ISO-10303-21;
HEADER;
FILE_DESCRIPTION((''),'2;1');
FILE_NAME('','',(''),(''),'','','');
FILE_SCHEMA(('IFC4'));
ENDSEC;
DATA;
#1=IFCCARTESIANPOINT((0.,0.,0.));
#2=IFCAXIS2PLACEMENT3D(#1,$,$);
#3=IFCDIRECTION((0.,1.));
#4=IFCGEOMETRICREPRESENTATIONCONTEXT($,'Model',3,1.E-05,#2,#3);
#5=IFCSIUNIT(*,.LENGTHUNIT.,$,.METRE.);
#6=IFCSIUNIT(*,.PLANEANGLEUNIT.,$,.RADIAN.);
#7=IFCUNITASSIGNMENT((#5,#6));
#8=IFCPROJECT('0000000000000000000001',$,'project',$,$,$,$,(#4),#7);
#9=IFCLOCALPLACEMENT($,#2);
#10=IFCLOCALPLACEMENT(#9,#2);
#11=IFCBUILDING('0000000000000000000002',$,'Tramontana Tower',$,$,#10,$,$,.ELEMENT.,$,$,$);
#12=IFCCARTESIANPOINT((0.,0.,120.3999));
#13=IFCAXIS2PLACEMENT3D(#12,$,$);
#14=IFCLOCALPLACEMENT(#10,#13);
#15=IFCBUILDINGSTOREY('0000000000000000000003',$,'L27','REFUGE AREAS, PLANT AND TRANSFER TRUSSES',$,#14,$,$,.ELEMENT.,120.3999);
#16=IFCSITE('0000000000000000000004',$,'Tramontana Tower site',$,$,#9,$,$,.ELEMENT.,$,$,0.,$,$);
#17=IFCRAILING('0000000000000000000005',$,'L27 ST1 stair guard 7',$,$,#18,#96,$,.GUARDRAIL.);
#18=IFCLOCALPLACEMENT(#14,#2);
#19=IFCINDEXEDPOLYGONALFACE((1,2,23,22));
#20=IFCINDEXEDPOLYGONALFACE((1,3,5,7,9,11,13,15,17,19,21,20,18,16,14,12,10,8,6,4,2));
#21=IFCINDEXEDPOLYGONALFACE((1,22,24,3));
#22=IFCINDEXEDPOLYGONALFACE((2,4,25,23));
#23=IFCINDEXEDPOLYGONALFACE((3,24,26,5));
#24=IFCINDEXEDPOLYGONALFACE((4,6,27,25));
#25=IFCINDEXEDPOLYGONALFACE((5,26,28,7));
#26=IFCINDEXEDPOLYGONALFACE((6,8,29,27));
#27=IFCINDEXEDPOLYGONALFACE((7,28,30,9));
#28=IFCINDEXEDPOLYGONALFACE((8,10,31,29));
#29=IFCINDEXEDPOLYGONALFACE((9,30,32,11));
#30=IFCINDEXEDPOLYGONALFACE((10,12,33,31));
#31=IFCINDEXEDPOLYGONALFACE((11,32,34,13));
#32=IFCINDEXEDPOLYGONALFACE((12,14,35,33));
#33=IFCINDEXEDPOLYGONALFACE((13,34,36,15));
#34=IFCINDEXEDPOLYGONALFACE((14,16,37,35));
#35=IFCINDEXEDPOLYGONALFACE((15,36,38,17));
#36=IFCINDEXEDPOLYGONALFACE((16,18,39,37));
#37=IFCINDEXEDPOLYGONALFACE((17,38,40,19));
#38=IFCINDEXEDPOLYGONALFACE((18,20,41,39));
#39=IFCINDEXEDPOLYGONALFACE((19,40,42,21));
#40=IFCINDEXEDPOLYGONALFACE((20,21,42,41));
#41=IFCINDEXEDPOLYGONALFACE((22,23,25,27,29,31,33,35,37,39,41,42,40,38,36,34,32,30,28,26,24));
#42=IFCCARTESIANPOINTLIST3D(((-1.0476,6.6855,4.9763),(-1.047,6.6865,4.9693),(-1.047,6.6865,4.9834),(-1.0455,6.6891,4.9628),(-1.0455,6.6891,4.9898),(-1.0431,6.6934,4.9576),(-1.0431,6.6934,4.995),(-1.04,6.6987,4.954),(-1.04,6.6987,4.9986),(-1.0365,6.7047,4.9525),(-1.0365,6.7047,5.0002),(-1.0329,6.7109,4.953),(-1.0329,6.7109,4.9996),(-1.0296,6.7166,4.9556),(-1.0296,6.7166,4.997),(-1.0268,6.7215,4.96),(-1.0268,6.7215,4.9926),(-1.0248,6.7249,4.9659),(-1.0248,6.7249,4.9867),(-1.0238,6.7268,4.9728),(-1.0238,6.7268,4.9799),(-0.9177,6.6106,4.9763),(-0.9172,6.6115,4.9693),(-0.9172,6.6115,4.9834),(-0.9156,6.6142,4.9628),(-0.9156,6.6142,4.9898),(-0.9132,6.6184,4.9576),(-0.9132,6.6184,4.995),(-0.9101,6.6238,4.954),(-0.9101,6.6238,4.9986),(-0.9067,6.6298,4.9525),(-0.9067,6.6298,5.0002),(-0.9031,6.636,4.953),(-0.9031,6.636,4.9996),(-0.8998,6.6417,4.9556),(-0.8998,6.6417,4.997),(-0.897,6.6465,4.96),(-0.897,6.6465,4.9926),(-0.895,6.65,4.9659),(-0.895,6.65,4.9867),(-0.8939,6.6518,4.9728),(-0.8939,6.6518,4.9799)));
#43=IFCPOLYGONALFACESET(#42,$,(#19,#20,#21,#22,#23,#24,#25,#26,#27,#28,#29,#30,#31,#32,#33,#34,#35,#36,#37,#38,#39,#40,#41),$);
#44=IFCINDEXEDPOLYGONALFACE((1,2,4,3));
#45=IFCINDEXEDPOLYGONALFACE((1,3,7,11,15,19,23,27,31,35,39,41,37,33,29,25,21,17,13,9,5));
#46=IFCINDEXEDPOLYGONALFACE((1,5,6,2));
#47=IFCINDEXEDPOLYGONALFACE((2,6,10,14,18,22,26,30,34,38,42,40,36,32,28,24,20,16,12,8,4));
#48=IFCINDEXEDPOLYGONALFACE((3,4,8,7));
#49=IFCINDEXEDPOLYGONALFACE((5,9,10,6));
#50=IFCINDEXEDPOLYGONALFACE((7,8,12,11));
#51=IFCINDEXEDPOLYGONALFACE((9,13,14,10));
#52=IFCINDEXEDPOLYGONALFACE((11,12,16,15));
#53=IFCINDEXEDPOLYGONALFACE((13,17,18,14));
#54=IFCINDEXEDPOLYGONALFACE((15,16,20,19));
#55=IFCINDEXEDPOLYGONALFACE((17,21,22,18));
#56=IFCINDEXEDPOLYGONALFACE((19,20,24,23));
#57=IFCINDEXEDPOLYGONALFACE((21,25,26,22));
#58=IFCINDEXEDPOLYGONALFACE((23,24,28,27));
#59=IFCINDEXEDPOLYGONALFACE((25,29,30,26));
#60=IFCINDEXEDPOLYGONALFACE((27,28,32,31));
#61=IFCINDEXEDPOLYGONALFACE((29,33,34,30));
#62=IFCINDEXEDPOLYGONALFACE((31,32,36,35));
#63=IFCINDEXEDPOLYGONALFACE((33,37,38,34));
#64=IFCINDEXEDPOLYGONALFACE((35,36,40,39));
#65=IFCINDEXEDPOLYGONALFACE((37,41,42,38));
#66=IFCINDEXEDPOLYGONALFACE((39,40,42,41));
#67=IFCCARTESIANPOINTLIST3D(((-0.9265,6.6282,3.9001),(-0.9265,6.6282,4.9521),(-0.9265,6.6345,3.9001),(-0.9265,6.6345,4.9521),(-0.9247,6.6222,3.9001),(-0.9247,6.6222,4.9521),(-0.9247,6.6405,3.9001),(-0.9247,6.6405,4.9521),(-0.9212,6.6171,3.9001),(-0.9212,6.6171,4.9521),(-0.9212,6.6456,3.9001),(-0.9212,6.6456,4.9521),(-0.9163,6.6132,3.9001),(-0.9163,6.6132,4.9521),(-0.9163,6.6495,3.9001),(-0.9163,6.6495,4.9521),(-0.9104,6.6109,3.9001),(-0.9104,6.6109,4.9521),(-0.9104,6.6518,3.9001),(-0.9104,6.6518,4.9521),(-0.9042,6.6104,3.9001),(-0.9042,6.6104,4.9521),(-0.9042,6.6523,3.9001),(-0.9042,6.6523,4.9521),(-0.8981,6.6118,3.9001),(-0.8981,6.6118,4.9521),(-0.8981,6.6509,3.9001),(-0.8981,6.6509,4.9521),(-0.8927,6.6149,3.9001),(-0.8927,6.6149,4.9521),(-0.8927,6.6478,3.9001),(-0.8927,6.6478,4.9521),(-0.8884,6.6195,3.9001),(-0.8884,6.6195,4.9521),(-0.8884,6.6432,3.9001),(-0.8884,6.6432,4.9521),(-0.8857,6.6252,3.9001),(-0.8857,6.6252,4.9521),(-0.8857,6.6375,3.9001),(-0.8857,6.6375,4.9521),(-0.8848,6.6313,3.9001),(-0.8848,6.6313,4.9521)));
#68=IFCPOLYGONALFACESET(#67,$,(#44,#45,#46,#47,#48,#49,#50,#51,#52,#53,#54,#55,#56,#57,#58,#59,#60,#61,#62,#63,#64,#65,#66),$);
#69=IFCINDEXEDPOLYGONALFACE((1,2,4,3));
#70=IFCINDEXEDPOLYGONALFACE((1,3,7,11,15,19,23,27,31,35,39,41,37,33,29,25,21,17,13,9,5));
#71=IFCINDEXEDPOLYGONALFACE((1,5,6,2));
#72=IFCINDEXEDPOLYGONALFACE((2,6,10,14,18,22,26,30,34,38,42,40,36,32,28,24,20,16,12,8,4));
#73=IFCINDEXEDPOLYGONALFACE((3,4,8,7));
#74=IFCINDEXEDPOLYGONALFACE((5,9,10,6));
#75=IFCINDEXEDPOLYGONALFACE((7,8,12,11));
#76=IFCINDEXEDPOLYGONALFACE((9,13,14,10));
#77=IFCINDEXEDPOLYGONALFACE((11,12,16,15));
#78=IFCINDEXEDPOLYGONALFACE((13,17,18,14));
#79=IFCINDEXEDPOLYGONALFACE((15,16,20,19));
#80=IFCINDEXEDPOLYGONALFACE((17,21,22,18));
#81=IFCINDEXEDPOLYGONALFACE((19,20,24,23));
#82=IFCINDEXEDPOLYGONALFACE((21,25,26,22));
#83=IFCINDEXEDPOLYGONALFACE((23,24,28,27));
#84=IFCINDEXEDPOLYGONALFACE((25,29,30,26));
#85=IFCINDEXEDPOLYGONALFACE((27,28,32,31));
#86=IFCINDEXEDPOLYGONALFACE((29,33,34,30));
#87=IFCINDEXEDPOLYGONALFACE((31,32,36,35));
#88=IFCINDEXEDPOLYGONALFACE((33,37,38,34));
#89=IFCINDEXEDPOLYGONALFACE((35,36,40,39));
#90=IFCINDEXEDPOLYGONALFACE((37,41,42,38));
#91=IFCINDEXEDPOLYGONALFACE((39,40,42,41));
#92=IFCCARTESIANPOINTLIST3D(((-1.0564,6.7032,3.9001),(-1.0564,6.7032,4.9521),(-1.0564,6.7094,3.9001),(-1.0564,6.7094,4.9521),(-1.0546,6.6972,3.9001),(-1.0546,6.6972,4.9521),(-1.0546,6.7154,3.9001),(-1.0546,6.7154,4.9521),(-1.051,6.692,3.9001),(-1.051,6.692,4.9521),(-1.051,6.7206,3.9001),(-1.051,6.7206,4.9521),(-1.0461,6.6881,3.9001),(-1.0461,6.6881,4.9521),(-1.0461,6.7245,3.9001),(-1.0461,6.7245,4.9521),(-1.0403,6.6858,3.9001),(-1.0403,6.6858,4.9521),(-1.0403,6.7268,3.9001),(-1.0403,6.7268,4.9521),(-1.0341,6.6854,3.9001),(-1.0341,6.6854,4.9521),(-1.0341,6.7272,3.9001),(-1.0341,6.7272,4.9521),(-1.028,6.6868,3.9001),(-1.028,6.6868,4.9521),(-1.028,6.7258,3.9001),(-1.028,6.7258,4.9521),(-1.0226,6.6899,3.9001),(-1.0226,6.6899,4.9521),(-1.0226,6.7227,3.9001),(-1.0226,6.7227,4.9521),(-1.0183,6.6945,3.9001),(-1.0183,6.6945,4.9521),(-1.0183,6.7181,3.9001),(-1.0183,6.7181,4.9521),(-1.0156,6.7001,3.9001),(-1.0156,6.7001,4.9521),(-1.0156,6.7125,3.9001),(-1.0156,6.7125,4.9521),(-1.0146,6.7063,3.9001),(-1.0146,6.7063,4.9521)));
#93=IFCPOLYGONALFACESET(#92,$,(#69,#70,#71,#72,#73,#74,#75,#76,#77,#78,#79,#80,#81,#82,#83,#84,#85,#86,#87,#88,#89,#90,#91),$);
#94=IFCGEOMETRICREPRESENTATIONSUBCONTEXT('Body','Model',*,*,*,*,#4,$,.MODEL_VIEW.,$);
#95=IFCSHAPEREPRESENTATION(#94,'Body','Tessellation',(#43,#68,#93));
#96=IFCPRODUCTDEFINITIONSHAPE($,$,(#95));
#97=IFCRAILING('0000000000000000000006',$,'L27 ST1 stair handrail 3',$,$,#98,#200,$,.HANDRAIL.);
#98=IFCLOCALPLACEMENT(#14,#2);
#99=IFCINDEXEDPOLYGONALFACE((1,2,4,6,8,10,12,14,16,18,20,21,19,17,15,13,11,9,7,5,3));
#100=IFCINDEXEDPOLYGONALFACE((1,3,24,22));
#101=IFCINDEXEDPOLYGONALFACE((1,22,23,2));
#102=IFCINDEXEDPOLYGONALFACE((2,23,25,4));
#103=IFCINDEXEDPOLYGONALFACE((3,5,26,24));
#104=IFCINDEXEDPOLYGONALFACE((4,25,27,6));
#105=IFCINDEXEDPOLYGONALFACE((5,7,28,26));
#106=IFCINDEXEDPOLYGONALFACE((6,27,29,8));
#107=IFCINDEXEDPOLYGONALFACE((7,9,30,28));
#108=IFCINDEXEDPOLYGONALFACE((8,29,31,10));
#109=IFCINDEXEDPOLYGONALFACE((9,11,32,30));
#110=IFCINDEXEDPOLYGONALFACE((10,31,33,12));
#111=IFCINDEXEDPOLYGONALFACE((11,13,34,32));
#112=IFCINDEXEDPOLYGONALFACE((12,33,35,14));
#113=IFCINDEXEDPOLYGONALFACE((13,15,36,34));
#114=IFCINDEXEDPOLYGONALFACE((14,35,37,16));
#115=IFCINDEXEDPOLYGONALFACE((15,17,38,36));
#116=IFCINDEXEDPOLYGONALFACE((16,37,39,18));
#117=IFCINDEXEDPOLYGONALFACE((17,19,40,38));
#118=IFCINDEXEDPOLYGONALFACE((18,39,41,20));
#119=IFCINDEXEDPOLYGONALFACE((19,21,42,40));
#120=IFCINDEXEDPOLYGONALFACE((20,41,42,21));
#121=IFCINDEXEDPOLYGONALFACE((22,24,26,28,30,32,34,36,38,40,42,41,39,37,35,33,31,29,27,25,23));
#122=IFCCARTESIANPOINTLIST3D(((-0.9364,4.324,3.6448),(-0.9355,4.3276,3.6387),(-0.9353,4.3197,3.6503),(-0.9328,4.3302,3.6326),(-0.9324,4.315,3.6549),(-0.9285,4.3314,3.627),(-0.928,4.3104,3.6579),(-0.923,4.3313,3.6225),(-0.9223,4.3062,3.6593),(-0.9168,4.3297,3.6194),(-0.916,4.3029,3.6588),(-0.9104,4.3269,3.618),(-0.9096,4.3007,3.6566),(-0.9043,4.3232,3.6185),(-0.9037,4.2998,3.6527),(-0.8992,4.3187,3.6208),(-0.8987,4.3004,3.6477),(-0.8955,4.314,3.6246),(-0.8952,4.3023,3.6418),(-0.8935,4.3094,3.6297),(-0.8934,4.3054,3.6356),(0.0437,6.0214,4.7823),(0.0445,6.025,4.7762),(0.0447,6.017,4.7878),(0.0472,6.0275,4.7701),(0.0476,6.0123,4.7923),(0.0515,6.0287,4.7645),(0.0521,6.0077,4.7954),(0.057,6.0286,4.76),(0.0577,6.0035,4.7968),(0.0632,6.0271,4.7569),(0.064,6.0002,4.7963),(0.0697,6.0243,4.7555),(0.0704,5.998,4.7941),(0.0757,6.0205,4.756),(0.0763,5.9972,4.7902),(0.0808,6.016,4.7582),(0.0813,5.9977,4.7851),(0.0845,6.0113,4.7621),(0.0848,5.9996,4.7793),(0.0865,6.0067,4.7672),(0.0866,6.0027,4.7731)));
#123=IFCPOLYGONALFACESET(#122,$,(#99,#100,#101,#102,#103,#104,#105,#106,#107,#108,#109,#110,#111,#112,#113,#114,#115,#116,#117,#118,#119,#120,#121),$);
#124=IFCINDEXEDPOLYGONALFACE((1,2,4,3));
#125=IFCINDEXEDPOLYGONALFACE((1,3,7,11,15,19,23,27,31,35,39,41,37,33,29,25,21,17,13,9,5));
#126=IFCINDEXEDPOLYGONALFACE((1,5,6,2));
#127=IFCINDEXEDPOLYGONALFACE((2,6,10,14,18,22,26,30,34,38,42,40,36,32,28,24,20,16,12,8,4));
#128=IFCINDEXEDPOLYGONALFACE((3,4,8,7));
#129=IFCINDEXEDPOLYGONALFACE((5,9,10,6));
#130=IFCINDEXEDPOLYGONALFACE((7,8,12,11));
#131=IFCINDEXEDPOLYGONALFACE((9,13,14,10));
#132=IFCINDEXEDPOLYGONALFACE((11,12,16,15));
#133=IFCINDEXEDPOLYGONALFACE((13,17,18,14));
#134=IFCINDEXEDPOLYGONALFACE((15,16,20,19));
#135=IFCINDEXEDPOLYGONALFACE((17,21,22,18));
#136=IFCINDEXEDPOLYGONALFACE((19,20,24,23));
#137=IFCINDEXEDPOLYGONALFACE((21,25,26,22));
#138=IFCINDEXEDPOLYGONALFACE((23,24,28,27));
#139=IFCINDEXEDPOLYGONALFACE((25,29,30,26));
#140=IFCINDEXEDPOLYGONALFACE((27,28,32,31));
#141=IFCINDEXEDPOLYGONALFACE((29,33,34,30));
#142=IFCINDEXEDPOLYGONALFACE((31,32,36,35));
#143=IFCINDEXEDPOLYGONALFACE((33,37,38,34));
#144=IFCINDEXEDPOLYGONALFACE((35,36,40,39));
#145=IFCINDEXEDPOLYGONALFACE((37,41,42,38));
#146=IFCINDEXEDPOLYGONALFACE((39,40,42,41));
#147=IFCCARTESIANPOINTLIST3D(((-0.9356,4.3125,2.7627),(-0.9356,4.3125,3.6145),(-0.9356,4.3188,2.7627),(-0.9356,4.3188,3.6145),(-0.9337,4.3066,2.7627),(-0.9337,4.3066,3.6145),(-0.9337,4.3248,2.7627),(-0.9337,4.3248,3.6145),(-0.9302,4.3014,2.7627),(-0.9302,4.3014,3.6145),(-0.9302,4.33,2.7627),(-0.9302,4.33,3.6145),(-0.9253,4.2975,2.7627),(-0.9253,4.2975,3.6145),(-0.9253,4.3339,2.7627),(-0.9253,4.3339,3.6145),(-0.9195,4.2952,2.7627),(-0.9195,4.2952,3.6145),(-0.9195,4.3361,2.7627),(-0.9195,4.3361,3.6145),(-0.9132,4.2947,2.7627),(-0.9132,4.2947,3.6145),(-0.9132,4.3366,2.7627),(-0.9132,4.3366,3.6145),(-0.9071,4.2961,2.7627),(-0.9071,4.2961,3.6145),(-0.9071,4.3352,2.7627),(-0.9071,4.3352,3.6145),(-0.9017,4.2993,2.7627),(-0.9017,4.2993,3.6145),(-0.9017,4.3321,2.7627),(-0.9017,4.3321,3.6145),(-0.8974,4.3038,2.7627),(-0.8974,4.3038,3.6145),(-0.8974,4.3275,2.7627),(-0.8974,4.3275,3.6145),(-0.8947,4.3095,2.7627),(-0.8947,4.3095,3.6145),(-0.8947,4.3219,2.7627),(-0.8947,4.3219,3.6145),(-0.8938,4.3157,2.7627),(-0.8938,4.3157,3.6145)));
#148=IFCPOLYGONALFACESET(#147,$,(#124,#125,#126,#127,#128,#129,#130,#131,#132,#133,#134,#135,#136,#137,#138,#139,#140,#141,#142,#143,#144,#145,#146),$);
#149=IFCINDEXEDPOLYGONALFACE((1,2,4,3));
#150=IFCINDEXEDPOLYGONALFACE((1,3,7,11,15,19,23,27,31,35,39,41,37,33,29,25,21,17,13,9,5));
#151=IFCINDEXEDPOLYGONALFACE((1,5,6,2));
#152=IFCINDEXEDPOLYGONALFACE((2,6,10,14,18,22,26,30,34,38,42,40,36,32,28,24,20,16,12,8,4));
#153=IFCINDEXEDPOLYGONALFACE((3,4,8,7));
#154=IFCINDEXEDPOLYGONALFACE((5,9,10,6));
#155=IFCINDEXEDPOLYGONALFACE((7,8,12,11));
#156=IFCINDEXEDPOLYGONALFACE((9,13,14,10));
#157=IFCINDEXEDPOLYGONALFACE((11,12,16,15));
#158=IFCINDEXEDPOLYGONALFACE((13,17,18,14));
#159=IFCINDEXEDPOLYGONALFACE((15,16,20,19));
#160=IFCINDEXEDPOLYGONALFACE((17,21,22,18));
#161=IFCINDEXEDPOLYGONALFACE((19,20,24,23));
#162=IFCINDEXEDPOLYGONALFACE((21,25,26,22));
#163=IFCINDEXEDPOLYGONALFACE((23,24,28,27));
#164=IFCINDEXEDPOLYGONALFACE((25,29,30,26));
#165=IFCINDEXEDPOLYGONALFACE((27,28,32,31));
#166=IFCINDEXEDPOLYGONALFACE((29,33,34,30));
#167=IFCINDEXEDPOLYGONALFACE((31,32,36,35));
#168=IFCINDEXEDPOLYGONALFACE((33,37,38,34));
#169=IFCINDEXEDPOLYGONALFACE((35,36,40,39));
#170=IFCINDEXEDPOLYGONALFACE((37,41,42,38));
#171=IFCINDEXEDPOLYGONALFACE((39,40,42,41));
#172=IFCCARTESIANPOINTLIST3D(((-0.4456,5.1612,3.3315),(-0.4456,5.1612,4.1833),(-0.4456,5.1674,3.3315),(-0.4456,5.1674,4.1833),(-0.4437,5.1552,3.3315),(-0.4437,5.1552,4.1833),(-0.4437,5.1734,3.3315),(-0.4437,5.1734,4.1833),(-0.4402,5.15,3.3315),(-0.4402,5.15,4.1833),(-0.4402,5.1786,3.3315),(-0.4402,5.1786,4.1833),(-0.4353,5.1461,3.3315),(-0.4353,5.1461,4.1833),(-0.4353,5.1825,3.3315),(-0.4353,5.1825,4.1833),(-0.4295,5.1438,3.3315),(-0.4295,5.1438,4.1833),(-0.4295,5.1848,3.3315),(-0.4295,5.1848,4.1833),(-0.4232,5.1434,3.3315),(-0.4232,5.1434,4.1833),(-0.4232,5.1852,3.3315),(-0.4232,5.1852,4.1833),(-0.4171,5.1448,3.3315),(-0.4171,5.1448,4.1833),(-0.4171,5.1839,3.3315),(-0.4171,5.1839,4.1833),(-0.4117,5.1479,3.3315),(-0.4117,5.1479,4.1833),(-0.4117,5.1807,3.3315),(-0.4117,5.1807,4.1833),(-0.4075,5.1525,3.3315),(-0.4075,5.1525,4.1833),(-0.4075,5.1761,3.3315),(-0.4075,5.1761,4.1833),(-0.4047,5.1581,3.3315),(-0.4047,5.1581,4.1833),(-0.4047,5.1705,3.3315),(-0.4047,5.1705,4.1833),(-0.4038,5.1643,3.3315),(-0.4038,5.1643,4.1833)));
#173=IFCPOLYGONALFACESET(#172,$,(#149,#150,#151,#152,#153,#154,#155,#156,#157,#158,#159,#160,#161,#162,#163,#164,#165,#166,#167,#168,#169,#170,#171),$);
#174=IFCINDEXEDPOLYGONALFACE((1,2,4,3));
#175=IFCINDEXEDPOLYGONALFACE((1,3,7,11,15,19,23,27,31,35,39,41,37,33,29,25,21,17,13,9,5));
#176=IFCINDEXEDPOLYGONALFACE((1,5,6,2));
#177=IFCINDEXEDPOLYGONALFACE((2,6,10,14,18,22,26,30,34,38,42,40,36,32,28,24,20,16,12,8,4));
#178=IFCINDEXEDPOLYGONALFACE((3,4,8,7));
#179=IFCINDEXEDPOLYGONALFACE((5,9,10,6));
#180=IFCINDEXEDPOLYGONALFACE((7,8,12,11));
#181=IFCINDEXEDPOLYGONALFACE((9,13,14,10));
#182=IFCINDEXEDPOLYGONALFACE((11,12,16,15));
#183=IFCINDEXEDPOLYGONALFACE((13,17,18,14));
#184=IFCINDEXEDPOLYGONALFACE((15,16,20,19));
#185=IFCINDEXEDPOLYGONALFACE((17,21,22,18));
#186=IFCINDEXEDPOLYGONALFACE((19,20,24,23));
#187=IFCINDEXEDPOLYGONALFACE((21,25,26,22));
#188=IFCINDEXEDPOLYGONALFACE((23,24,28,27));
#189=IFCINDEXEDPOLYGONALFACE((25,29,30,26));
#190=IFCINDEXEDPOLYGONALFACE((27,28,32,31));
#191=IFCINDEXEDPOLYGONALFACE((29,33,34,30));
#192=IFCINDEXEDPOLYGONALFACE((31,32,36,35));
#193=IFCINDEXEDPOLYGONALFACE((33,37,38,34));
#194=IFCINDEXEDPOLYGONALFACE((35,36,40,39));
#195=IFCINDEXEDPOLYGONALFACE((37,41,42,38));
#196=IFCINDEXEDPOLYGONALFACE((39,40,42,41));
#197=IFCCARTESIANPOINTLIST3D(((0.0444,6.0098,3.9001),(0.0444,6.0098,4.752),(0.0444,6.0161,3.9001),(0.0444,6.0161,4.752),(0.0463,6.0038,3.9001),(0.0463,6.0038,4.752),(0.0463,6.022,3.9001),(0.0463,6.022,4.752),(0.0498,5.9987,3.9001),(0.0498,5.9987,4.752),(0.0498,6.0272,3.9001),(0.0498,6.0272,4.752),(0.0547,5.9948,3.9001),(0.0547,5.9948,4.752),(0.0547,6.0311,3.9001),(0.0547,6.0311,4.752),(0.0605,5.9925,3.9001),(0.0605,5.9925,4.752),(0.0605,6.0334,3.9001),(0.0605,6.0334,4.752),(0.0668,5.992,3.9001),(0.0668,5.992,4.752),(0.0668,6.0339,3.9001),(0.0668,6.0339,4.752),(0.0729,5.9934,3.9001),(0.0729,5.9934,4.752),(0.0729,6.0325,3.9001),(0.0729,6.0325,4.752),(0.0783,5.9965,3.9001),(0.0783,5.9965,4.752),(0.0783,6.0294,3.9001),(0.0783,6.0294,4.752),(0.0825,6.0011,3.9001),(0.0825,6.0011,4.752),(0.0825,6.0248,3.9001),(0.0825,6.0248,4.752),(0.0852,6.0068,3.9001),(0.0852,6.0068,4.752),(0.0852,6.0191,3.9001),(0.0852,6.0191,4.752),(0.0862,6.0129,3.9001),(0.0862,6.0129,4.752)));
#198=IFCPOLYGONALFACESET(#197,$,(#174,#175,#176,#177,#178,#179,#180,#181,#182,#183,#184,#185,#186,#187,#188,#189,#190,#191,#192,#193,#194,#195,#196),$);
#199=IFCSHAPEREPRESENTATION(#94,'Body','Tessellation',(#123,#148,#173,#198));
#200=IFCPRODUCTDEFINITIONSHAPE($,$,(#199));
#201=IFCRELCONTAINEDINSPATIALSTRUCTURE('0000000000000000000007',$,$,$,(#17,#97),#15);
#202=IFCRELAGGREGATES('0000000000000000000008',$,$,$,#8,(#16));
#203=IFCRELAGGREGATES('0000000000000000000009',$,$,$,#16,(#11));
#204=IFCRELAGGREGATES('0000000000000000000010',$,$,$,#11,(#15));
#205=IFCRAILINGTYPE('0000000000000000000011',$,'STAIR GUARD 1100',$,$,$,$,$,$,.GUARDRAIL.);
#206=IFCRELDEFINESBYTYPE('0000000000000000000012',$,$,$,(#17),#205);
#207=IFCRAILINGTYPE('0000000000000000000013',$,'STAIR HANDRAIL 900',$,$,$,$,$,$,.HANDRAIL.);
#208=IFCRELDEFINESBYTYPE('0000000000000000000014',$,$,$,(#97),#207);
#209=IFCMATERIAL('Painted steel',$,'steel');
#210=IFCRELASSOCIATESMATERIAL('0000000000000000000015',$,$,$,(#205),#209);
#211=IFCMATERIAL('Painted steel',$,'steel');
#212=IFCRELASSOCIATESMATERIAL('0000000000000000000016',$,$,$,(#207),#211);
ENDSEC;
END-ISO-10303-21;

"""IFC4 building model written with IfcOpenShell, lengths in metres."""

from ifc_helpers import new_model, si_unit, direction, frame, origin, origin_2d, place, context, subcontext, project, spatial, circle, extrude, material, type_object, element, save


model = new_model("IFC4")

# Units and contexts
model_context = context("Model", 3, precision=1e-05, world=origin(), true_north=direction((0.0, 1.0)))
body_context = subcontext(model_context, "Body", "Model", "MODEL_VIEW")
ifc_project = project(units=[si_unit("LENGTHUNIT", "METRE"), si_unit("PLANEANGLEUNIT", "RADIAN")], contexts=[model_context])

# Site, building, storey
site_placement = place(None, origin())
site = spatial("IfcSite", under=ifc_project, at=site_placement, Name="Tramontana Tower site", CompositionType="ELEMENT", RefElevation=0.0)
building_placement = place(site_placement, origin())
building = spatial("IfcBuilding", under=site, at=building_placement, Name="Tramontana Tower", CompositionType="ELEMENT")
storey_placement = place(building_placement, frame((0.0, 0.0, 120.3999)))
storey = spatial("IfcBuildingStorey", under=building, at=storey_placement, Name="L27", Description="REFUGE AREAS, PLANT AND TRANSFER TRUSSES", CompositionType="ELEMENT", Elevation=120.3999)

# Railings
ifc_material_1 = material(Name="Painted steel", Category="steel")
railing_type_1 = type_object("IfcRailingType", Name="STAIR GUARD 1100", PredefinedType="GUARDRAIL", material=ifc_material_1)
for number, where, name in (
    (1, (-0.9058, 6.6313, 3.9001), "L27 ST1 stair guard 7"),
):
    element("IfcRailing", number, at=place(storey_placement, frame(where)), inside=storey, type_object=railing_type_1, Name=name, PredefinedType="GUARDRAIL", context=body_context, shape_type="SweptSolid", body=[
        extrude(circle(Radius=0.0239, at=origin_2d()), frame((0.0, 0.0, 1.0762), z_axis=(-0.866131, 0.499816, 0.0), x_axis=(-0.499816, -0.866131, 0.0)), (0.0, 0.0, 1.0), 0.1499),
        extrude(circle(Radius=0.021, at=origin_2d()), origin(), (0.0, 0.0, 1.0), 1.052),
        extrude(circle(Radius=0.021, at=origin_2d()), frame((-0.1299, 0.075, 0.0)), (0.0, 0.0, 1.0), 1.052),
    ])
ifc_material_2 = material(Name="Painted steel", Category="steel")
railing_type_2 = type_object("IfcRailingType", Name="STAIR HANDRAIL 900", PredefinedType="HANDRAIL", material=ifc_material_2)
railing_1_placement = place(storey_placement, frame((-0.9148, 4.3157, 2.7627)))
element("IfcRailing", 2, at=railing_1_placement, inside=storey, type_object=railing_type_2, Name="L27 ST1 stair handrail 3", PredefinedType="HANDRAIL", context=body_context, shape_type="SweptSolid", body=[
    extrude(circle(Radius=0.0239, at=origin_2d()), frame((0.0, 0.0, 0.876), z_axis=(0.432467, 0.749006, 0.501959), x_axis=(-0.866011, 0.500024, 0.0)), (0.0, 0.0, 1.0), 2.2661),
    extrude(circle(Radius=0.021, at=origin_2d()), origin(), (0.0, 0.0, 1.0), 0.8518),
    extrude(circle(Radius=0.021, at=origin_2d()), frame((0.49, 0.8486, 0.5688)), (0.0, 0.0, 1.0), 0.8518),
    extrude(circle(Radius=0.021, at=origin_2d()), frame((0.98, 1.6973, 1.1375)), (0.0, 0.0, 1.0), 0.8518),
])

save(model, "model.ifc")
